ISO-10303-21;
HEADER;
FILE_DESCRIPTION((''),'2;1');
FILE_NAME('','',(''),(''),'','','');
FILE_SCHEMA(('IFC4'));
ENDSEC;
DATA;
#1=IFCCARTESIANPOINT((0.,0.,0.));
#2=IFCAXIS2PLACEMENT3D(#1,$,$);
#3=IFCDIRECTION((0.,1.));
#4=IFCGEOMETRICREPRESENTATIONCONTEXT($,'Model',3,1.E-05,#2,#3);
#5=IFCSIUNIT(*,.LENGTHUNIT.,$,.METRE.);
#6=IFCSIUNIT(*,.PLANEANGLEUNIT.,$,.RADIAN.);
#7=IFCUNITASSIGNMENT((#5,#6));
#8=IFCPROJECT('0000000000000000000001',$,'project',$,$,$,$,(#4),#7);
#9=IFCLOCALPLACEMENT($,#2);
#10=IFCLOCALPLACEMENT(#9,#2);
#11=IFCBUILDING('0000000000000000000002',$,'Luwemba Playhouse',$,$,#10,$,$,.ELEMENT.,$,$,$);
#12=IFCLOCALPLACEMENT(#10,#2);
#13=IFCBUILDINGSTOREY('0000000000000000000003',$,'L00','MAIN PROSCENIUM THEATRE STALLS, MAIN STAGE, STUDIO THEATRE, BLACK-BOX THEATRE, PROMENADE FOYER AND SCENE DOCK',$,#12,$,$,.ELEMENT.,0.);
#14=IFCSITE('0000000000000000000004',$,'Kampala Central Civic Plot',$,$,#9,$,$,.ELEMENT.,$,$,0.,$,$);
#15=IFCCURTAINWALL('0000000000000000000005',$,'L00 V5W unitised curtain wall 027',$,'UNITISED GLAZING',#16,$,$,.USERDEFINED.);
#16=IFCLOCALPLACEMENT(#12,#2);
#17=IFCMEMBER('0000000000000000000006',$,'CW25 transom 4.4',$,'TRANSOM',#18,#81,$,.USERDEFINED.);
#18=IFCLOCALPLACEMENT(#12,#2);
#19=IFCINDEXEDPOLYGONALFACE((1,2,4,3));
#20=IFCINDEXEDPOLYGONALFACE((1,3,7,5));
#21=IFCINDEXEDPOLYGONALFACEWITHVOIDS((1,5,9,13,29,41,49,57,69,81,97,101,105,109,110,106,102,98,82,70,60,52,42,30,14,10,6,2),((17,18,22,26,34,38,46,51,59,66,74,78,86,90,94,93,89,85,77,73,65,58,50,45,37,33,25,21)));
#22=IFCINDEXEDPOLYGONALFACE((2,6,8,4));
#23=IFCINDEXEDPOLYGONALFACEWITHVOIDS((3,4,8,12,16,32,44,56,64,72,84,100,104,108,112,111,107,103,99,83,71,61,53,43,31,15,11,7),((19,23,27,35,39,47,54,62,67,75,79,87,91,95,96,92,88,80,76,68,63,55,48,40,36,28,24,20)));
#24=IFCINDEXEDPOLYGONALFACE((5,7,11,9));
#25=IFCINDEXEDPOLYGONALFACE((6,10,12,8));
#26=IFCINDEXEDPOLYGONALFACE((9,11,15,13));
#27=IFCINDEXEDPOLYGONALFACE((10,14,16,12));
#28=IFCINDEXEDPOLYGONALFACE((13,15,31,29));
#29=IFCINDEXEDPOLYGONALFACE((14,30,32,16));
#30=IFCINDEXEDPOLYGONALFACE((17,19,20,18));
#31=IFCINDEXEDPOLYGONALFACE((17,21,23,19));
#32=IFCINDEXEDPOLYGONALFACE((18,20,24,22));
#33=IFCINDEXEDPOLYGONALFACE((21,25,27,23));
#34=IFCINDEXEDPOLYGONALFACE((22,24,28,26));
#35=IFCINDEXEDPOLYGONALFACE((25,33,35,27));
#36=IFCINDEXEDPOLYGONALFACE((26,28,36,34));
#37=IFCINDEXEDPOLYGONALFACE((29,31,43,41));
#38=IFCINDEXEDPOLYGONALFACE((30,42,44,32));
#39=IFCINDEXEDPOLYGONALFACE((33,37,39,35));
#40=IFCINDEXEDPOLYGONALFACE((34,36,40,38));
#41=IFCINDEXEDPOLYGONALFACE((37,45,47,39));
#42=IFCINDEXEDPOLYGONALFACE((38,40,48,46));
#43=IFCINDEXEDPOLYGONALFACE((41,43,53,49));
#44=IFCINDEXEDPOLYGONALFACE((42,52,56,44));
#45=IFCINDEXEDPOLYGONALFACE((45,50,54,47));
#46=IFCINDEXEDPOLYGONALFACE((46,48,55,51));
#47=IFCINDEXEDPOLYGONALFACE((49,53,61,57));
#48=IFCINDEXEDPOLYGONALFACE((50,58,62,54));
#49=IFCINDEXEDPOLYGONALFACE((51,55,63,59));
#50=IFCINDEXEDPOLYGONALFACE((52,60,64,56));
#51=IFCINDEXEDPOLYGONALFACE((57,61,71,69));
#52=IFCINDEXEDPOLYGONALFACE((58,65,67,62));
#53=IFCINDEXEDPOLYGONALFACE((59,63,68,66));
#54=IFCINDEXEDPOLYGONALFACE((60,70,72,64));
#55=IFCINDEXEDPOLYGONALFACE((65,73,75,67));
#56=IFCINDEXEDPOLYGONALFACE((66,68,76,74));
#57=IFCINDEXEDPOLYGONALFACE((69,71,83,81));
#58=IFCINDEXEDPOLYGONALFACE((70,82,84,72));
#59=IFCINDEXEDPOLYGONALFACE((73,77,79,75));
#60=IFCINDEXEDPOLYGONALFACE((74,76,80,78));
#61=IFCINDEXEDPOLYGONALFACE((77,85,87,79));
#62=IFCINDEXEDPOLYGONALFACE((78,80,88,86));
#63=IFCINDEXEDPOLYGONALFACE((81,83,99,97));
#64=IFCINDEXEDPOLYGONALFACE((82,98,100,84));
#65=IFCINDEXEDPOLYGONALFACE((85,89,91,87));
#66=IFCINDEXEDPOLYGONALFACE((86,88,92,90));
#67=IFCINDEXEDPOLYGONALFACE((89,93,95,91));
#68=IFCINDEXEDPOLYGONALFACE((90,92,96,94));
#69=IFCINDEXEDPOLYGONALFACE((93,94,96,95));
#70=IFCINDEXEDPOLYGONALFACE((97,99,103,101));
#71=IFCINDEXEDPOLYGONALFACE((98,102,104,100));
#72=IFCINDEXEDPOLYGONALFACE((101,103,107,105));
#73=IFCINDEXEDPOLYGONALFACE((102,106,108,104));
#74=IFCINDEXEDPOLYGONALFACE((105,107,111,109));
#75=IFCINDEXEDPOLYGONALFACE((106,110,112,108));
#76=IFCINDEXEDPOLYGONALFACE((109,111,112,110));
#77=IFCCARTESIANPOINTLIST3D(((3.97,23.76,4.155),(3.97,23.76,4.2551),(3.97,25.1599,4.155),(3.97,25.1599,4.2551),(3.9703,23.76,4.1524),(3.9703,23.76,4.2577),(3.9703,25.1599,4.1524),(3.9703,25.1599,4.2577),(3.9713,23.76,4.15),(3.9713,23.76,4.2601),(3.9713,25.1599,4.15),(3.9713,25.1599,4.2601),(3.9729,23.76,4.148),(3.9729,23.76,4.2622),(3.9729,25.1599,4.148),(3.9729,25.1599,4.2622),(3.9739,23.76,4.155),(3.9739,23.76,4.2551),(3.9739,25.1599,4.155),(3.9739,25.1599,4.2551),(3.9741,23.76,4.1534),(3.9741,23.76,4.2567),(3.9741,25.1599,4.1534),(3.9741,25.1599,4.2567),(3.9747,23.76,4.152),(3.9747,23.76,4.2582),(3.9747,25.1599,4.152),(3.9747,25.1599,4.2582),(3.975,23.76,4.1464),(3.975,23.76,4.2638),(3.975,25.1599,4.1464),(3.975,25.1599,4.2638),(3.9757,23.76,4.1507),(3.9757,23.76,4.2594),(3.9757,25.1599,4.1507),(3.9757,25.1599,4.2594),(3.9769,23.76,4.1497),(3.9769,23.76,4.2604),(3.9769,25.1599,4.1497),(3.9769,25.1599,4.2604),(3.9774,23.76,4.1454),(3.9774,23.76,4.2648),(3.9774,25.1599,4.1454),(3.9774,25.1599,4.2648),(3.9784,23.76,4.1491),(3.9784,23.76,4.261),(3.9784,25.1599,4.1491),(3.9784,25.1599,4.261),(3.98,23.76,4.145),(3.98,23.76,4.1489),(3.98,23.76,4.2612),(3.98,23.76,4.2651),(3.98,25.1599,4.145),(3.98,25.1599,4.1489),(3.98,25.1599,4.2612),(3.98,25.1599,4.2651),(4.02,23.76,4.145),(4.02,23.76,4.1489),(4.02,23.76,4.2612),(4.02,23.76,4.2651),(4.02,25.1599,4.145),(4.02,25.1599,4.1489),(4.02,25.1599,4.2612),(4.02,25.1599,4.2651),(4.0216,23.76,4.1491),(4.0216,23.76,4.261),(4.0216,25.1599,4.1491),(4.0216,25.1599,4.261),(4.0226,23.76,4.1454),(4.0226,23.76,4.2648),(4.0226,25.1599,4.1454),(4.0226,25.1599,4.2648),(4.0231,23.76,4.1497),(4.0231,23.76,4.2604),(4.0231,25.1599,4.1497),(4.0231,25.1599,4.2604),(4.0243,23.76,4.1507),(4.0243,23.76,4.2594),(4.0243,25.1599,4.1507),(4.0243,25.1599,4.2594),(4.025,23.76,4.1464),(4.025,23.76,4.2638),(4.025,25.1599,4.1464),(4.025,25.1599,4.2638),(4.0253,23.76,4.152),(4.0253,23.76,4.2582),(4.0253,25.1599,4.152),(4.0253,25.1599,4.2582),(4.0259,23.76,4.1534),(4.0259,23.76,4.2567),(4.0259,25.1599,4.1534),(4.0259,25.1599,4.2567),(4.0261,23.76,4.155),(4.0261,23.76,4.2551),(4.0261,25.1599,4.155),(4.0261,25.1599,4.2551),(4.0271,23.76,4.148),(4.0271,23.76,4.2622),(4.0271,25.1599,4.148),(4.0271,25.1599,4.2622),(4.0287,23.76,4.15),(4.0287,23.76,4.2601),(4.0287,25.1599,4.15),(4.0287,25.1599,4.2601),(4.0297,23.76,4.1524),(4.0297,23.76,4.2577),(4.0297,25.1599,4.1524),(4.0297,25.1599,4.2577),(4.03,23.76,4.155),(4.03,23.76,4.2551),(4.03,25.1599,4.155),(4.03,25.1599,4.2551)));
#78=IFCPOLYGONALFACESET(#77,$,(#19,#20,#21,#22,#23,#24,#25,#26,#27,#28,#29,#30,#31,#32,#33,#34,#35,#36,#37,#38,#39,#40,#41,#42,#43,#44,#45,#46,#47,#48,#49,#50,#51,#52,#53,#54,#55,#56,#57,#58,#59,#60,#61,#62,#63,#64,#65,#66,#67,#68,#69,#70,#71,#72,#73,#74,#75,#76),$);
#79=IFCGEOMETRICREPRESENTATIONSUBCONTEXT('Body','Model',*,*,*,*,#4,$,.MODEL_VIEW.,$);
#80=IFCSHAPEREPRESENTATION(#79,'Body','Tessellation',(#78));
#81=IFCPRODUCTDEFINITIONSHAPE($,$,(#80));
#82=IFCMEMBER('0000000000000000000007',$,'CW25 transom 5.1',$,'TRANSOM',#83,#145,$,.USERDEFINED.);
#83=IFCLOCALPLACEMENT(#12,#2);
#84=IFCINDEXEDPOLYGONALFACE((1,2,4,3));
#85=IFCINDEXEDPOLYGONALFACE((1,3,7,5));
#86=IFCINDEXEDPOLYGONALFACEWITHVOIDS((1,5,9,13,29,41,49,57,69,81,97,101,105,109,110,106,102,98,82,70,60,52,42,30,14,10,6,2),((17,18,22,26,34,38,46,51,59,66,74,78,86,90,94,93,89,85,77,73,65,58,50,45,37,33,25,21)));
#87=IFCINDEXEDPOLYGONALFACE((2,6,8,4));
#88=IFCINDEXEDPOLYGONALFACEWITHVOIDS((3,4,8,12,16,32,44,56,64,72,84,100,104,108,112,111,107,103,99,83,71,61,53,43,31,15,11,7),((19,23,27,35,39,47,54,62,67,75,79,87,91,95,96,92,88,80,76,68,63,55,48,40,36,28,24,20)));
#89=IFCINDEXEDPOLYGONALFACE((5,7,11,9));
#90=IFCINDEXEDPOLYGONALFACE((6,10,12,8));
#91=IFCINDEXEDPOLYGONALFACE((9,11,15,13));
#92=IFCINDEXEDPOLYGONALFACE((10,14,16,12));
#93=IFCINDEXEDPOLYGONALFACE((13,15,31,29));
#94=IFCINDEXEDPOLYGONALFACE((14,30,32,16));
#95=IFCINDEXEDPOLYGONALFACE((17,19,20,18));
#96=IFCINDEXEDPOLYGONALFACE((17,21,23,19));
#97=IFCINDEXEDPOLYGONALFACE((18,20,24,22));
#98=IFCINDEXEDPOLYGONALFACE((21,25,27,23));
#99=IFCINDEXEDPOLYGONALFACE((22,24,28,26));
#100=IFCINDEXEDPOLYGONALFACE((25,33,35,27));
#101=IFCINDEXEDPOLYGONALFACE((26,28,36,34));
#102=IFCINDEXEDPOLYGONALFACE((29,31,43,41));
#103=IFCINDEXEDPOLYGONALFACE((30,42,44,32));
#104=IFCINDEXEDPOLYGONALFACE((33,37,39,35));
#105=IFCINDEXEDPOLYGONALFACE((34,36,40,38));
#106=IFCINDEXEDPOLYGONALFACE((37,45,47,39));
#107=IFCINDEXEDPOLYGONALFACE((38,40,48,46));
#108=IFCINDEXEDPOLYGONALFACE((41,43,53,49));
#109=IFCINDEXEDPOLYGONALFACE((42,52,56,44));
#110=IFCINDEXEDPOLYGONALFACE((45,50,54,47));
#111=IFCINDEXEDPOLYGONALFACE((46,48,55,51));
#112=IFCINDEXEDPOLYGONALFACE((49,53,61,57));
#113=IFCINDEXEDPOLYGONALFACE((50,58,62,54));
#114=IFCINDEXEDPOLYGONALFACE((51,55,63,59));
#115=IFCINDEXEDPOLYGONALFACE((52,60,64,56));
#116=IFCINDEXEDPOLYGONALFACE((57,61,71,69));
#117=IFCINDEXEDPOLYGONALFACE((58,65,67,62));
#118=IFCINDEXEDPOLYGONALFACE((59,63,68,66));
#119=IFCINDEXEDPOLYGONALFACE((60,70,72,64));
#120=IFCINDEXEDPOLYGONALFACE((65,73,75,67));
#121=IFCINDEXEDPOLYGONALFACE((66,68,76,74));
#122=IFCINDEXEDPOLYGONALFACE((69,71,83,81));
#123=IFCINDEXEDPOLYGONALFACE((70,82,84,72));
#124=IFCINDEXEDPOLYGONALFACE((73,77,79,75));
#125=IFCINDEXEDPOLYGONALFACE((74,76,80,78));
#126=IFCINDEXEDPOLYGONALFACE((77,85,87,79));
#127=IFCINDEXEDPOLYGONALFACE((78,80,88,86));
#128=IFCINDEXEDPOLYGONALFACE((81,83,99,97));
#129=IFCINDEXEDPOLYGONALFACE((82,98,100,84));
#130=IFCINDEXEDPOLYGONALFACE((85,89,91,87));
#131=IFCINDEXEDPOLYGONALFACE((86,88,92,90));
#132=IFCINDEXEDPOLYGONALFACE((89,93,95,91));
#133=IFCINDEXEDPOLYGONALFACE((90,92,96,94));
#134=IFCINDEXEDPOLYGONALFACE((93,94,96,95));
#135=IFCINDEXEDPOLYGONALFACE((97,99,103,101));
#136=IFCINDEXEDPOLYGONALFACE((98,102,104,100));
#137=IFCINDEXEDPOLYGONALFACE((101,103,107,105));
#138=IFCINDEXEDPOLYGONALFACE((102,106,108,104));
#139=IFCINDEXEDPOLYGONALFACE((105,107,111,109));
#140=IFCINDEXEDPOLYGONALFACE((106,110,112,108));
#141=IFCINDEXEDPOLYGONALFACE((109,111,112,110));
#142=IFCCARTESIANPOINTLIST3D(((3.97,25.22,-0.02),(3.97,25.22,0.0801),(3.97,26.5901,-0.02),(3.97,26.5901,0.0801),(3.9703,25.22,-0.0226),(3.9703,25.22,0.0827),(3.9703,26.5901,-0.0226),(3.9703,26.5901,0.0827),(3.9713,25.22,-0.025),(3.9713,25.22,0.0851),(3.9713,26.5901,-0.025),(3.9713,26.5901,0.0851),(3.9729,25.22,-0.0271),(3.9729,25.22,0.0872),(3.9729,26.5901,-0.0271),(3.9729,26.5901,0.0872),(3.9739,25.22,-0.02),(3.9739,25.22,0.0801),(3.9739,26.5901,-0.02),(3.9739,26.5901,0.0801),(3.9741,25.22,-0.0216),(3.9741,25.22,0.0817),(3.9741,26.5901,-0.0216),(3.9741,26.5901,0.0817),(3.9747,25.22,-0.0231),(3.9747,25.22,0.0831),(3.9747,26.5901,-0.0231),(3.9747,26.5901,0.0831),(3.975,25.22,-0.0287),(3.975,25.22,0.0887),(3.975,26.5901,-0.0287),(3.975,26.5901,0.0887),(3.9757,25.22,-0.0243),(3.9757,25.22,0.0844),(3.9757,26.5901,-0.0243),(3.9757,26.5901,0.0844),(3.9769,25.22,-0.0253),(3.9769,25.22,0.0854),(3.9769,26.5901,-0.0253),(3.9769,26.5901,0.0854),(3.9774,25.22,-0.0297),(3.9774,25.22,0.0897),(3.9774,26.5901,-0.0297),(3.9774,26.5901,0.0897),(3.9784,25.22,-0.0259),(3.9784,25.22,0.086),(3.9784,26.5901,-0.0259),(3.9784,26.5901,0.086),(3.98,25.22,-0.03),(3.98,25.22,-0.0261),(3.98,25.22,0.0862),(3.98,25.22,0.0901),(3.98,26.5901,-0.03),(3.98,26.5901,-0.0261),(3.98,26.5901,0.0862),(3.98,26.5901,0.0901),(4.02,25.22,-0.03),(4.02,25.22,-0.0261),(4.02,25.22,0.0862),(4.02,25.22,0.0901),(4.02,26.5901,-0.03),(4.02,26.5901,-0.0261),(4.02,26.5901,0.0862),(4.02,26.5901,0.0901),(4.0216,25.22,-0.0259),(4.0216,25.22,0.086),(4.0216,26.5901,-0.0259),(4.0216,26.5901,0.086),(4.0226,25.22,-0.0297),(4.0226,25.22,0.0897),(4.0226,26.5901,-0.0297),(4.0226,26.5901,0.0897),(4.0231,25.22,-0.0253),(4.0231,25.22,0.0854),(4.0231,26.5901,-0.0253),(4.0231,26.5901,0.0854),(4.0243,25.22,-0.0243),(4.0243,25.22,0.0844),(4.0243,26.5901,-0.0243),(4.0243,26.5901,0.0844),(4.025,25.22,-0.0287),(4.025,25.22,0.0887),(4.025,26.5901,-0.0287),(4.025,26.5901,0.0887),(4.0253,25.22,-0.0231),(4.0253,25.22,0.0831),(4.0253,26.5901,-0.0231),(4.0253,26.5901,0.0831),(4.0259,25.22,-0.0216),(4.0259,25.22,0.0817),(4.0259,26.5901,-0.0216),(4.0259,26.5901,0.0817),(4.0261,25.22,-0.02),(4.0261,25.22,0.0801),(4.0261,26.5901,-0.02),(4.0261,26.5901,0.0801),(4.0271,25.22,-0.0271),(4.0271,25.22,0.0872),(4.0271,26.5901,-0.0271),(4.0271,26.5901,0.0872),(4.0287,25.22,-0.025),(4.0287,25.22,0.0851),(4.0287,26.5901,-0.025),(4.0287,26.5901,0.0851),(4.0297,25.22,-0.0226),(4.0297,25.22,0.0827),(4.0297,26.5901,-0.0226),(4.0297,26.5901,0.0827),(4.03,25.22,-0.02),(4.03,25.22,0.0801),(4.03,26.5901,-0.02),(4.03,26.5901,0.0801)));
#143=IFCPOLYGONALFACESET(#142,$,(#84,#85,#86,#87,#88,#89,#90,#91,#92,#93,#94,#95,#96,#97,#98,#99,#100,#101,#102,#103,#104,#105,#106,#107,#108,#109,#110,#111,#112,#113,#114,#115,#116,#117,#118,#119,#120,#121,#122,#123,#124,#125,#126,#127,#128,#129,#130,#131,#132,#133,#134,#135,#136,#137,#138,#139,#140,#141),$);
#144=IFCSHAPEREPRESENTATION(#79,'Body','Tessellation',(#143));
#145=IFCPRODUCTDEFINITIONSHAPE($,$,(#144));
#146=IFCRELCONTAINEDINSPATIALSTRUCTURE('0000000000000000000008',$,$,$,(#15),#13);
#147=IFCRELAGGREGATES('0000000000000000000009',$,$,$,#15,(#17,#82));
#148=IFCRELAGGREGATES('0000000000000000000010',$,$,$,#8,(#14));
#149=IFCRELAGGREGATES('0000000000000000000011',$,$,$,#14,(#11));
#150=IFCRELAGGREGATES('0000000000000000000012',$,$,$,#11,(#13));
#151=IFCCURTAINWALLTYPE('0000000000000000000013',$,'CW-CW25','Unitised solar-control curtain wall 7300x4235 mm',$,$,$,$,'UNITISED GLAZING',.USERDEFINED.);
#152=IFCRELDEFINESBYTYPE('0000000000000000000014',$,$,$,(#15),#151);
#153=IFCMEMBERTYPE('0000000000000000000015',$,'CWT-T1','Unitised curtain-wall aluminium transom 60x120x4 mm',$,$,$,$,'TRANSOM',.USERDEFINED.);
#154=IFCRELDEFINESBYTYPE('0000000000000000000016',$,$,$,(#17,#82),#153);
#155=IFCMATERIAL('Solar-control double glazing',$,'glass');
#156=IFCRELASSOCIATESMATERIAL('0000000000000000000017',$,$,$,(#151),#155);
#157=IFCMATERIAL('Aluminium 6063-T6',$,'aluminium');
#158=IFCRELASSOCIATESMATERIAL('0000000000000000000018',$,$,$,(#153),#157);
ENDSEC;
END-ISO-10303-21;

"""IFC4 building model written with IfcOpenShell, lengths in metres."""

from ifc_helpers import new_model, si_unit, direction, frame, origin, origin_2d, place, context, subcontext, project, spatial, hollow_rectangle, extrude, material, material_profile, profile_set, type_object, element, aggregate, save


model = new_model("IFC4")

# Units and contexts
model_context = context("Model", 3, precision=1e-05, world=origin(), true_north=direction((0.0, 1.0)))
body_context = subcontext(model_context, "Body", "Model", "MODEL_VIEW")
ifc_project = project(units=[si_unit("LENGTHUNIT", "METRE"), si_unit("PLANEANGLEUNIT", "RADIAN")], contexts=[model_context])

# Site, building, storey
site_placement = place(None, origin())
site = spatial("IfcSite", under=ifc_project, at=site_placement, Name="Kampala Central Civic Plot", CompositionType="ELEMENT", RefElevation=0.0)
building_placement = place(site_placement, origin())
building = spatial("IfcBuilding", under=site, at=building_placement, Name="Luwemba Playhouse", CompositionType="ELEMENT")
storey_placement = place(building_placement, origin())
storey = spatial("IfcBuildingStorey", under=building, at=storey_placement, Name="L00", Description="MAIN PROSCENIUM THEATRE STALLS, MAIN STAGE, STUDIO THEATRE, BLACK-BOX THEATRE, PROMENADE FOYER AND SCENE DOCK", CompositionType="ELEMENT", Elevation=0.0)

# Curtain wall
ifc_material_1 = material(Name="Solar-control double glazing", Category="glass")
curtain_wall_type_1 = type_object("IfcCurtainWallType", Name="CW-CW25", Description="Unitised solar-control curtain wall 7300x4235 mm", ElementType="UNITISED GLAZING", PredefinedType="USERDEFINED", material=ifc_material_1)
curtain_wall_1_placement = place(storey_placement, origin())
curtain_wall_1 = element("IfcCurtainWall", 1, at=curtain_wall_1_placement, inside=storey, type_object=curtain_wall_type_1, Name="L00 V5W unitised curtain wall 027", ObjectType="UNITISED GLAZING", PredefinedType="USERDEFINED")
ifc_material_2 = material(Name="Aluminium 6063-T6", Category="aluminium")

# Members
ifc_material_profile_1 = material_profile(ifc_material_2, hollow_rectangle(XDim=0.0601, YDim=0.1201, WallThickness=0.0039, InnerFilletRadius=0.0061, OuterFilletRadius=0.01, at=origin_2d()))
ifc_profile_set_1 = profile_set([ifc_material_profile_1], Name="Aluminium 6063-T6")
member_type_1 = type_object("IfcMemberType", Name="CWT-T1", Description="Unitised curtain-wall aluminium transom 60x120x4 mm", ElementType="TRANSOM", PredefinedType="USERDEFINED", material=ifc_profile_set_1)
member_1_placement = place(storey_placement, frame((4.0, 23.76, 4.2051), z_axis=(0.0, 1.0, 0.0), x_axis=(-1.0, 0.0, 0.0)))
member_1 = element("IfcMember", 2, at=member_1_placement, type_object=member_type_1, Name="CW25 transom 4.4", ObjectType="TRANSOM", PredefinedType="USERDEFINED", context=body_context, shape_type="SweptSolid", body=[
    extrude(hollow_rectangle(XDim=0.0601, YDim=0.1201, WallThickness=0.0039, InnerFilletRadius=0.0061, OuterFilletRadius=0.01, at=origin_2d()), origin(), (0.0, 0.0, 1.0), 1.3999),
])
member_2_placement = place(storey_placement, frame((4.0, 25.22, 0.03), z_axis=(0.0, 1.0, 0.0), x_axis=(-1.0, 0.0, 0.0)))
member_2 = element("IfcMember", 3, at=member_2_placement, type_object=member_type_1, Name="CW25 transom 5.1", ObjectType="TRANSOM", PredefinedType="USERDEFINED", context=body_context, shape_type="SweptSolid", body=[
    extrude(hollow_rectangle(XDim=0.0601, YDim=0.1201, WallThickness=0.0039, InnerFilletRadius=0.0061, OuterFilletRadius=0.01, at=origin_2d()), origin(), (0.0, 0.0, 1.0), 1.3701),
])

aggregate(curtain_wall_1, [member_1, member_2])

save(model, "model.ifc")
